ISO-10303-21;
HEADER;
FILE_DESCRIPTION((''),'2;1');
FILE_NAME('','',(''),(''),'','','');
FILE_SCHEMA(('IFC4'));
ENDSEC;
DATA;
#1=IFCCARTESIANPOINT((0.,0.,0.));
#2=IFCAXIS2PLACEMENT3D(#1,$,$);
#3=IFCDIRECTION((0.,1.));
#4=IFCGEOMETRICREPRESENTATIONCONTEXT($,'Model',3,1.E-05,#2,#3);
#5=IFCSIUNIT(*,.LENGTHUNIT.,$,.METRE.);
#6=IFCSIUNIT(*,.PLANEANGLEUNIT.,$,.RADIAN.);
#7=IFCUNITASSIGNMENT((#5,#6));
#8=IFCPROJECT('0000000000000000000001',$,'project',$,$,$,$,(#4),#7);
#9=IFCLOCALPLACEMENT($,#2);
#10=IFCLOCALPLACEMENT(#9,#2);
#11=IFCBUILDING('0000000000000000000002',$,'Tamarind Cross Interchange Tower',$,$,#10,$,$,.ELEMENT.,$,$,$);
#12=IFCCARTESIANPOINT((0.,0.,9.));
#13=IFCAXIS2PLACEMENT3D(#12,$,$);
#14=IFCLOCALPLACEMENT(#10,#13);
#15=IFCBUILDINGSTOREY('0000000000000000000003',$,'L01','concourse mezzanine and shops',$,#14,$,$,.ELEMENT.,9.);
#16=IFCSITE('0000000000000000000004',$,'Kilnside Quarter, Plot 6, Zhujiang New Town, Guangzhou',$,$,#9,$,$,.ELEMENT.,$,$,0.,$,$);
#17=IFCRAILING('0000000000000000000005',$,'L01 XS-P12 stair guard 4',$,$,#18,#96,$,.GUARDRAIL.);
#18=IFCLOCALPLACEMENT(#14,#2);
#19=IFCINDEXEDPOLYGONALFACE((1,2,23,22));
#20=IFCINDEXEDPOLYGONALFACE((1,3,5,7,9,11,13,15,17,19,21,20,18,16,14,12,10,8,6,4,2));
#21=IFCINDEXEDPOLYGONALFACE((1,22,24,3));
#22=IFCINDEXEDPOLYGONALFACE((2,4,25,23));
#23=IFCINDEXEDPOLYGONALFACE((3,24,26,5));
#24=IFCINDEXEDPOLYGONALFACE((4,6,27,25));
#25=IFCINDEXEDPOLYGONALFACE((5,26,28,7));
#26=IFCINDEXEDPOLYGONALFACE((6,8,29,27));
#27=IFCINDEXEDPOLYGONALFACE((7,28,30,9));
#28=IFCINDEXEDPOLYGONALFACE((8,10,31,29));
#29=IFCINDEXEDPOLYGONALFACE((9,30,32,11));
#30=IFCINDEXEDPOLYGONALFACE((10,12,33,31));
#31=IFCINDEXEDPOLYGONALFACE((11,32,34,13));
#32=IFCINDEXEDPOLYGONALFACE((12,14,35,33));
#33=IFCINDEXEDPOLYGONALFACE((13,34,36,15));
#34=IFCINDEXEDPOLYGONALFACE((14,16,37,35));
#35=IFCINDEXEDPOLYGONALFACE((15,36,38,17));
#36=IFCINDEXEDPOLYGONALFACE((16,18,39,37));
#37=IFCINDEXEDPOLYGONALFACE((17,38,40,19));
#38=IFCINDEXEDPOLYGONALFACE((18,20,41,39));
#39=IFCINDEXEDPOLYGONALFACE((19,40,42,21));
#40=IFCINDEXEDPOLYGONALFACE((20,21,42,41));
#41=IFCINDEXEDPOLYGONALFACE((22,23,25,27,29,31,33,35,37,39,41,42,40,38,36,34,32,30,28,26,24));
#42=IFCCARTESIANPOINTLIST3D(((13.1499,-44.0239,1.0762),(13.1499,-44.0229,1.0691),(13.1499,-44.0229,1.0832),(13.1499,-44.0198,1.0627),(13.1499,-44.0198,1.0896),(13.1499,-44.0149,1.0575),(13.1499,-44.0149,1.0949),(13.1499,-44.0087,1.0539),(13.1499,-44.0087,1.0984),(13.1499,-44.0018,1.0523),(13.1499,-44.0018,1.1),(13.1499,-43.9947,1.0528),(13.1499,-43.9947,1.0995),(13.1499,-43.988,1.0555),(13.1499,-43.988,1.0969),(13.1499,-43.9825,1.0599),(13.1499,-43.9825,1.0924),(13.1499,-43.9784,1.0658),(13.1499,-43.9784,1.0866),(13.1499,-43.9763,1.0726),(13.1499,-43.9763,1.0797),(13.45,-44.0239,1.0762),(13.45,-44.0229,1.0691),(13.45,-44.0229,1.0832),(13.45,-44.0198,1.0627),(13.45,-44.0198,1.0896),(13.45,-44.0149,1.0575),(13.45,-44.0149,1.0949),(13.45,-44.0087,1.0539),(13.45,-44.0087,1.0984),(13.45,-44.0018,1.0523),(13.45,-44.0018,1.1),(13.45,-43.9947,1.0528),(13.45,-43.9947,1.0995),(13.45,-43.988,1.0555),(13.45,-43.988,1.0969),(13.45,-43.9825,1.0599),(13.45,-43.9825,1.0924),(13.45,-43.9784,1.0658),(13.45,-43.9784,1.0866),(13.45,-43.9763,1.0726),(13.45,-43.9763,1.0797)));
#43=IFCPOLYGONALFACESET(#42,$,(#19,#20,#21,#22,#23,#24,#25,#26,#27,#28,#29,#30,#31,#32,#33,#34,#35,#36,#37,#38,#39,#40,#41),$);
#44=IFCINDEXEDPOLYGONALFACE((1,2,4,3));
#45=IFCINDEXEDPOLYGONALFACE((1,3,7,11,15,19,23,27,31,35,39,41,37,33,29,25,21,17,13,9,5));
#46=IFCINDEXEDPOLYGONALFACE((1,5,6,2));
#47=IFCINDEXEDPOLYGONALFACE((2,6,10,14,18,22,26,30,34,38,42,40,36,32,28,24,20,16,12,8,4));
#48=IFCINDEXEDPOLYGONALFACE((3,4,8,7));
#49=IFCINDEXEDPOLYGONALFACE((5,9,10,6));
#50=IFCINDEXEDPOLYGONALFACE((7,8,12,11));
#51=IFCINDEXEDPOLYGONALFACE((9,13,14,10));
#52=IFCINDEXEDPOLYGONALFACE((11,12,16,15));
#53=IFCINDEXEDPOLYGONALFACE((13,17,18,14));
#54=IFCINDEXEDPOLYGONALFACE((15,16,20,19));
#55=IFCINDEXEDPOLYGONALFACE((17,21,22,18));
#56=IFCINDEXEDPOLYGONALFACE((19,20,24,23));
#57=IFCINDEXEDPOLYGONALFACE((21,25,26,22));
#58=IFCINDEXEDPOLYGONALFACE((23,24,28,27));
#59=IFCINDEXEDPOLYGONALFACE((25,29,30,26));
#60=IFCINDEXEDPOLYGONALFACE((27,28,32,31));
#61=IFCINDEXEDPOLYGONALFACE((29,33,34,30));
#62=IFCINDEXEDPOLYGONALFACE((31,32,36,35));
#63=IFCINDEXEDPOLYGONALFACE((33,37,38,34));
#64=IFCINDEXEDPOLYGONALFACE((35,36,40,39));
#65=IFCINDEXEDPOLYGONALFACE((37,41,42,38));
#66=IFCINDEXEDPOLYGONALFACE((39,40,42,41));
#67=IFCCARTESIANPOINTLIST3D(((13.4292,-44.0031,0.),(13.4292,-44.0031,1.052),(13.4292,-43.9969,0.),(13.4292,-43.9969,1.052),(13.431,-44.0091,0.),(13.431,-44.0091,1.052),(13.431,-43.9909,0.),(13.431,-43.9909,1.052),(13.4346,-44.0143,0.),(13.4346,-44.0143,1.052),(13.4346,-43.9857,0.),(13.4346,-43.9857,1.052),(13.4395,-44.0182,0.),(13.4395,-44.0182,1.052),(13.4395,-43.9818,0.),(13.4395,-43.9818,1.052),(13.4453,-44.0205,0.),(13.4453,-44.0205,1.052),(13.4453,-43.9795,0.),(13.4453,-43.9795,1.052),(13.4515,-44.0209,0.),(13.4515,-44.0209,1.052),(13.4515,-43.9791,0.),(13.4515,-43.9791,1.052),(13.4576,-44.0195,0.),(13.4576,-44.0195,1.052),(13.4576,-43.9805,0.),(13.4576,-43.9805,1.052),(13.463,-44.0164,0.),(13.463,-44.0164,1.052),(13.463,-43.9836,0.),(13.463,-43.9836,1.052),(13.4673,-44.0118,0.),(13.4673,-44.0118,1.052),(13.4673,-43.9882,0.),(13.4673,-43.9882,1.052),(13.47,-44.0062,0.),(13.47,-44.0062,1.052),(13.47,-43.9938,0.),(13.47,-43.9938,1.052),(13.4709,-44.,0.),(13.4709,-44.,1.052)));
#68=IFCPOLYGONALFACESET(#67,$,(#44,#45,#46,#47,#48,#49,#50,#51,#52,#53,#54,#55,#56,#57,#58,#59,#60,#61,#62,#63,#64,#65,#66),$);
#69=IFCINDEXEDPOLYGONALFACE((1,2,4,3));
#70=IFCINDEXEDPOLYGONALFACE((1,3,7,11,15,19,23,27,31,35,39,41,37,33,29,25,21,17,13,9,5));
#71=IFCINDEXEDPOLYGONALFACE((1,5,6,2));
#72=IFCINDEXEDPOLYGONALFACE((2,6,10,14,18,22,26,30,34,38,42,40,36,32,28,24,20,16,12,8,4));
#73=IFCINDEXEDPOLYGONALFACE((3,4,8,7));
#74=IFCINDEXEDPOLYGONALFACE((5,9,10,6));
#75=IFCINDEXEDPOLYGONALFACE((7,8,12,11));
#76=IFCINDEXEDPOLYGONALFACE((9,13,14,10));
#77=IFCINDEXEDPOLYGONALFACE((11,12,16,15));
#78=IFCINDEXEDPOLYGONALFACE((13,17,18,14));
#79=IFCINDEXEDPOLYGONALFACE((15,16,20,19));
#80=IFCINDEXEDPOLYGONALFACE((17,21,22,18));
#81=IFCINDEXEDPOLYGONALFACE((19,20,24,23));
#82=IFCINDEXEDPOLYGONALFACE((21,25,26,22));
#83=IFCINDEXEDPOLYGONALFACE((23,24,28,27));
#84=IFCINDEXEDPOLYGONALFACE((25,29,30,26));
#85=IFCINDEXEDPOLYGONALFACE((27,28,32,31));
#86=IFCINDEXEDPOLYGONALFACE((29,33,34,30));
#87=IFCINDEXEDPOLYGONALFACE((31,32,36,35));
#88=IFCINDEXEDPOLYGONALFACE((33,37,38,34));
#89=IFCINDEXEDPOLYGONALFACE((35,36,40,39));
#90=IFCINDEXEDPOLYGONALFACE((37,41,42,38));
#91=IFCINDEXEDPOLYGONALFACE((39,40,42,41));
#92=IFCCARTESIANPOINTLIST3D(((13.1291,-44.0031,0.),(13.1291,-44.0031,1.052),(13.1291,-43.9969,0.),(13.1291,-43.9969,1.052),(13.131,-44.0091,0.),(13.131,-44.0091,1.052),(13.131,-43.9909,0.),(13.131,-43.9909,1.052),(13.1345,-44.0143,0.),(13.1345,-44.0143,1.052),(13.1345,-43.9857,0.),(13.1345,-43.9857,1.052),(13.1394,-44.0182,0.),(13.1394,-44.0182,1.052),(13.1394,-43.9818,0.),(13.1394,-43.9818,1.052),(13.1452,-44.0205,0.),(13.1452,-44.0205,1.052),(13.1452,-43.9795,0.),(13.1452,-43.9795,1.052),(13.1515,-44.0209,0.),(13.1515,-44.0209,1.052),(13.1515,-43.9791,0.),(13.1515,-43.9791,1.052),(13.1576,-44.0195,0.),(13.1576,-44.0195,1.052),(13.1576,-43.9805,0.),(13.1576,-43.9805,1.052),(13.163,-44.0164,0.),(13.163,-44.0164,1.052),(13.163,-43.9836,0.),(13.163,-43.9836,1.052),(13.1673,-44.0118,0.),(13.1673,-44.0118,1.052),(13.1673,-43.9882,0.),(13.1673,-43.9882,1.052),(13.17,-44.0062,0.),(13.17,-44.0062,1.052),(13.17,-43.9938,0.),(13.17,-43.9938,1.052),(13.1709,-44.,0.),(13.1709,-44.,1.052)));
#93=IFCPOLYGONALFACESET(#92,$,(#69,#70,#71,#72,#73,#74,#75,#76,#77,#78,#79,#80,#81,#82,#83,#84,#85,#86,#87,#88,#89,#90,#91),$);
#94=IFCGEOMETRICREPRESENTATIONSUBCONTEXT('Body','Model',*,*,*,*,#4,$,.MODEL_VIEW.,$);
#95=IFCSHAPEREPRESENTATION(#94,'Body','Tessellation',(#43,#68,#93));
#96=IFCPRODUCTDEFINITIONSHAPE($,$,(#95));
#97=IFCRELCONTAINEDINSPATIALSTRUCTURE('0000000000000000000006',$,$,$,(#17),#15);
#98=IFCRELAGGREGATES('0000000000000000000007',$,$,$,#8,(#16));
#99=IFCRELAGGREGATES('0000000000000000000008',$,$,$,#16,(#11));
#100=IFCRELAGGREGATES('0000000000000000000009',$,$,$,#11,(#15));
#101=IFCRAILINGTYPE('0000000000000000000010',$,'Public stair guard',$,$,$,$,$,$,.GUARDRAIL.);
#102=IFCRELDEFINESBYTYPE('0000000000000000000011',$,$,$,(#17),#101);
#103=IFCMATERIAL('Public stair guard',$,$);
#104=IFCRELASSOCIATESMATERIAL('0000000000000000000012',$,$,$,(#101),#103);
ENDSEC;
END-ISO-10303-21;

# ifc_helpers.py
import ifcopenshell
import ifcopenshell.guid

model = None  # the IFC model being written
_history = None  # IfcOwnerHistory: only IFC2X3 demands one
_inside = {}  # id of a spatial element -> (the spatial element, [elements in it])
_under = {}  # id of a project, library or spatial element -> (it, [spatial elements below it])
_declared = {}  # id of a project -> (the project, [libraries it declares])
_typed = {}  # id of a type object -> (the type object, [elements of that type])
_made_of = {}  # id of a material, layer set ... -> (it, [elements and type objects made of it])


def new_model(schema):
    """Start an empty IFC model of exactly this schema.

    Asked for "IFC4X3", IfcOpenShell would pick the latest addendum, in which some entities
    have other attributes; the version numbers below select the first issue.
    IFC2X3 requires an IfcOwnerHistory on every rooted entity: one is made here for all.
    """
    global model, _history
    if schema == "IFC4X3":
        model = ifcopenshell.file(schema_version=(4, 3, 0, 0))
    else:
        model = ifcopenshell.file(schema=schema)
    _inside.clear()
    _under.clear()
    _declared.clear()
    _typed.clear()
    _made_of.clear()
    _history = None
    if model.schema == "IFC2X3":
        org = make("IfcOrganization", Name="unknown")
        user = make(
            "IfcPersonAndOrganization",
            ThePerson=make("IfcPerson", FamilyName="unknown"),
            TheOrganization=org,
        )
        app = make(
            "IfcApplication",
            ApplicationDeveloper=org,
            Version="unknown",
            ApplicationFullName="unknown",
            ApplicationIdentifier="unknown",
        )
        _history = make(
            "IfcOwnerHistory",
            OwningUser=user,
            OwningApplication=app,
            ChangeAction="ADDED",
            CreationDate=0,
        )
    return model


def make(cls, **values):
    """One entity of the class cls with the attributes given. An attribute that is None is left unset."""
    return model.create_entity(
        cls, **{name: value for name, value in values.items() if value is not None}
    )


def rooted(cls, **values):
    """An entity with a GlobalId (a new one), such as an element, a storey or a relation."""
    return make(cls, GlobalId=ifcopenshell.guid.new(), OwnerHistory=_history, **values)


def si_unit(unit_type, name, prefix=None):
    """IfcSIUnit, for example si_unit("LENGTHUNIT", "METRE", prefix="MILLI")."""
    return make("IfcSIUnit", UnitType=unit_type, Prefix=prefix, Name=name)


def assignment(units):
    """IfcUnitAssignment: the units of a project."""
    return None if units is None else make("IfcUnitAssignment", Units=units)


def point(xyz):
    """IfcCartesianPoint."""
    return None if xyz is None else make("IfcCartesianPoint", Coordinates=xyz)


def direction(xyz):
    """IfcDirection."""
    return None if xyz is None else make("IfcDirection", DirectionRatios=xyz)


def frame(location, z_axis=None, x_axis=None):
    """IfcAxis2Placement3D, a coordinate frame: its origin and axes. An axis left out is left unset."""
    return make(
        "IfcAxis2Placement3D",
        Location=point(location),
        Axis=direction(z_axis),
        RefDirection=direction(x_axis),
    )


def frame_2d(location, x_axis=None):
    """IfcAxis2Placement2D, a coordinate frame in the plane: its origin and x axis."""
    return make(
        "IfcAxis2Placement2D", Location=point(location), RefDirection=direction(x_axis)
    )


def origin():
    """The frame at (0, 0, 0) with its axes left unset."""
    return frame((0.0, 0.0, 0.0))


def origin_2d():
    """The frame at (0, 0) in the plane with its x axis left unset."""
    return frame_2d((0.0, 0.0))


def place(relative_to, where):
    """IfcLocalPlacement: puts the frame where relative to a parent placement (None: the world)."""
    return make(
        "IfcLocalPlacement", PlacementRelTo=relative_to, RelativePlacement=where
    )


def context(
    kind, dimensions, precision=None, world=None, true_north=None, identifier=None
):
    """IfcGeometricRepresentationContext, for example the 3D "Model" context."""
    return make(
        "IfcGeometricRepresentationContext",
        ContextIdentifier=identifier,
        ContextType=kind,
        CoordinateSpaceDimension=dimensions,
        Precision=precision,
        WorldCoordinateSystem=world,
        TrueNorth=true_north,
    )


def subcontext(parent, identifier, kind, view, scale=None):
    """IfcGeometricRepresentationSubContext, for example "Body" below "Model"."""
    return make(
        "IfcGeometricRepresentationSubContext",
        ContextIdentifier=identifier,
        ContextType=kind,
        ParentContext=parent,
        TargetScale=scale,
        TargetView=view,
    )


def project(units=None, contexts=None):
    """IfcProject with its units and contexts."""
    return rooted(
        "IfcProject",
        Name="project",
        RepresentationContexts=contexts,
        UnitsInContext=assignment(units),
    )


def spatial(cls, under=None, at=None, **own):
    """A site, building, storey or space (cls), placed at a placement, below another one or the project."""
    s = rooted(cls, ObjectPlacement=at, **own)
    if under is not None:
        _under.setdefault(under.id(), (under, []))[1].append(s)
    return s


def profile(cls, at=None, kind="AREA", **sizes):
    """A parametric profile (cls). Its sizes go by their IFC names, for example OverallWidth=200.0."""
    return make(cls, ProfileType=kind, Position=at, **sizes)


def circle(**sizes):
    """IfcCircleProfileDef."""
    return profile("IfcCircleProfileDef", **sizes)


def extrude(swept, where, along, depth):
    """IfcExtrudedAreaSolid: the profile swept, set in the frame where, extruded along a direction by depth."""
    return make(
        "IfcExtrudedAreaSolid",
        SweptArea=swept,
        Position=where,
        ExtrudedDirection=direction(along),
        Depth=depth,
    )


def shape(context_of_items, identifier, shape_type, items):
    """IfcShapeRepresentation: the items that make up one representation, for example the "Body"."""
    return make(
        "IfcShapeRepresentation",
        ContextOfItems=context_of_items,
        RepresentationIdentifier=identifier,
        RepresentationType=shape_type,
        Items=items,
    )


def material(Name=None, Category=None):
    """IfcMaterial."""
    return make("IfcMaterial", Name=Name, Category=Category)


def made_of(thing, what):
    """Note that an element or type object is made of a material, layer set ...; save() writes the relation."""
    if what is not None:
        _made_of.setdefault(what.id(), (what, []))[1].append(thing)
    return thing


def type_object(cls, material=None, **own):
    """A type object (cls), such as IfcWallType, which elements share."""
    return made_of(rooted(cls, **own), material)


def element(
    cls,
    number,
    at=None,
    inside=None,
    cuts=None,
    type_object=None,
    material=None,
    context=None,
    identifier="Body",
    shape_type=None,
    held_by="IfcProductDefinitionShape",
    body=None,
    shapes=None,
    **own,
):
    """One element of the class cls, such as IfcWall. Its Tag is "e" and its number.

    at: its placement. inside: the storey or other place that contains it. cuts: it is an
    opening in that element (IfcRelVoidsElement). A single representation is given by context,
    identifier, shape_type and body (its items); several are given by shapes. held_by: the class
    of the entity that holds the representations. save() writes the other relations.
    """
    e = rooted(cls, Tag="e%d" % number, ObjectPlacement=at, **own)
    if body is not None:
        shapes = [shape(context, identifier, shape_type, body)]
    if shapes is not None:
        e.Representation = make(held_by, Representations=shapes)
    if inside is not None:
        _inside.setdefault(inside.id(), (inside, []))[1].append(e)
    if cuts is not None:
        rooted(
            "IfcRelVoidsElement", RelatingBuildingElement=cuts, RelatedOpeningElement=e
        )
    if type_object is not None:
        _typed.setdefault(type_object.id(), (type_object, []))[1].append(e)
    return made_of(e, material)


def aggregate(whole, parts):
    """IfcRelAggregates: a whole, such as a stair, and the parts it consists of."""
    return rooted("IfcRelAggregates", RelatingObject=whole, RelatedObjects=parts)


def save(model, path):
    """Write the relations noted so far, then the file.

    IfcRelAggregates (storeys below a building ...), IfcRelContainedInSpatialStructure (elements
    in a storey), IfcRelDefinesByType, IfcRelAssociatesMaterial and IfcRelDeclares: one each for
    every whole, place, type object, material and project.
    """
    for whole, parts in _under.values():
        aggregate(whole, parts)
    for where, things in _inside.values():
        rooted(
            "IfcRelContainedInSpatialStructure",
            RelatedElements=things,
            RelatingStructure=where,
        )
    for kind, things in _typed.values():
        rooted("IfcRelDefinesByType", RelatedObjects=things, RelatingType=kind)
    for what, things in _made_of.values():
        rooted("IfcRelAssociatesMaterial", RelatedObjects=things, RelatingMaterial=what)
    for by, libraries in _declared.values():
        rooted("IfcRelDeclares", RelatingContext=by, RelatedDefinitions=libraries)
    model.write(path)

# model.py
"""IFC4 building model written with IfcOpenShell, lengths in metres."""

from ifc_helpers import new_model, si_unit, direction, frame, origin, origin_2d, place, context, subcontext, project, spatial, circle, extrude, material, type_object, element, save


model = new_model("IFC4")

# Units and contexts
model_context = context("Model", 3, precision=1e-05, world=origin(), true_north=direction((0.0, 1.0)))
body_context = subcontext(model_context, "Body", "Model", "MODEL_VIEW")
ifc_project = project(units=[si_unit("LENGTHUNIT", "METRE"), si_unit("PLANEANGLEUNIT", "RADIAN")], contexts=[model_context])

# Site, building, storey
site_placement = place(None, origin())
site = spatial("IfcSite", under=ifc_project, at=site_placement, Name="Kilnside Quarter, Plot 6, Zhujiang New Town, Guangzhou", CompositionType="ELEMENT", RefElevation=0.0)
building_placement = place(site_placement, origin())
building = spatial("IfcBuilding", under=site, at=building_placement, Name="Tamarind Cross Interchange Tower", CompositionType="ELEMENT")
storey_placement = place(building_placement, frame((0.0, 0.0, 9.0)))
storey = spatial("IfcBuildingStorey", under=building, at=storey_placement, Name="L01", Description="concourse mezzanine and shops", CompositionType="ELEMENT", Elevation=9.0)

# Railing
ifc_material_1 = material(Name="Public stair guard")
railing_type = type_object("IfcRailingType", Name="Public stair guard", PredefinedType="GUARDRAIL", material=ifc_material_1)
railing_placement = place(storey_placement, frame((13.45, -44.0, 0.0)))
element("IfcRailing", 1, at=railing_placement, inside=storey, type_object=railing_type, Name="L01 XS-P12 stair guard 4", PredefinedType="GUARDRAIL", context=body_context, shape_type="SweptSolid", body=[
    extrude(circle(Radius=0.0239, at=origin_2d()), frame((0.0, 0.0, 1.0762), z_axis=(-1.0, 0.0, 0.0), x_axis=(0.0, -1.0, 0.0)), (0.0, 0.0, 1.0), 0.3),
    extrude(circle(Radius=0.021, at=origin_2d()), origin(), (0.0, 0.0, 1.0), 1.052),
    extrude(circle(Radius=0.021, at=origin_2d()), frame((-0.3, 0.0, 0.0)), (0.0, 0.0, 1.0), 1.052),
])

save(model, "model.ifc")
